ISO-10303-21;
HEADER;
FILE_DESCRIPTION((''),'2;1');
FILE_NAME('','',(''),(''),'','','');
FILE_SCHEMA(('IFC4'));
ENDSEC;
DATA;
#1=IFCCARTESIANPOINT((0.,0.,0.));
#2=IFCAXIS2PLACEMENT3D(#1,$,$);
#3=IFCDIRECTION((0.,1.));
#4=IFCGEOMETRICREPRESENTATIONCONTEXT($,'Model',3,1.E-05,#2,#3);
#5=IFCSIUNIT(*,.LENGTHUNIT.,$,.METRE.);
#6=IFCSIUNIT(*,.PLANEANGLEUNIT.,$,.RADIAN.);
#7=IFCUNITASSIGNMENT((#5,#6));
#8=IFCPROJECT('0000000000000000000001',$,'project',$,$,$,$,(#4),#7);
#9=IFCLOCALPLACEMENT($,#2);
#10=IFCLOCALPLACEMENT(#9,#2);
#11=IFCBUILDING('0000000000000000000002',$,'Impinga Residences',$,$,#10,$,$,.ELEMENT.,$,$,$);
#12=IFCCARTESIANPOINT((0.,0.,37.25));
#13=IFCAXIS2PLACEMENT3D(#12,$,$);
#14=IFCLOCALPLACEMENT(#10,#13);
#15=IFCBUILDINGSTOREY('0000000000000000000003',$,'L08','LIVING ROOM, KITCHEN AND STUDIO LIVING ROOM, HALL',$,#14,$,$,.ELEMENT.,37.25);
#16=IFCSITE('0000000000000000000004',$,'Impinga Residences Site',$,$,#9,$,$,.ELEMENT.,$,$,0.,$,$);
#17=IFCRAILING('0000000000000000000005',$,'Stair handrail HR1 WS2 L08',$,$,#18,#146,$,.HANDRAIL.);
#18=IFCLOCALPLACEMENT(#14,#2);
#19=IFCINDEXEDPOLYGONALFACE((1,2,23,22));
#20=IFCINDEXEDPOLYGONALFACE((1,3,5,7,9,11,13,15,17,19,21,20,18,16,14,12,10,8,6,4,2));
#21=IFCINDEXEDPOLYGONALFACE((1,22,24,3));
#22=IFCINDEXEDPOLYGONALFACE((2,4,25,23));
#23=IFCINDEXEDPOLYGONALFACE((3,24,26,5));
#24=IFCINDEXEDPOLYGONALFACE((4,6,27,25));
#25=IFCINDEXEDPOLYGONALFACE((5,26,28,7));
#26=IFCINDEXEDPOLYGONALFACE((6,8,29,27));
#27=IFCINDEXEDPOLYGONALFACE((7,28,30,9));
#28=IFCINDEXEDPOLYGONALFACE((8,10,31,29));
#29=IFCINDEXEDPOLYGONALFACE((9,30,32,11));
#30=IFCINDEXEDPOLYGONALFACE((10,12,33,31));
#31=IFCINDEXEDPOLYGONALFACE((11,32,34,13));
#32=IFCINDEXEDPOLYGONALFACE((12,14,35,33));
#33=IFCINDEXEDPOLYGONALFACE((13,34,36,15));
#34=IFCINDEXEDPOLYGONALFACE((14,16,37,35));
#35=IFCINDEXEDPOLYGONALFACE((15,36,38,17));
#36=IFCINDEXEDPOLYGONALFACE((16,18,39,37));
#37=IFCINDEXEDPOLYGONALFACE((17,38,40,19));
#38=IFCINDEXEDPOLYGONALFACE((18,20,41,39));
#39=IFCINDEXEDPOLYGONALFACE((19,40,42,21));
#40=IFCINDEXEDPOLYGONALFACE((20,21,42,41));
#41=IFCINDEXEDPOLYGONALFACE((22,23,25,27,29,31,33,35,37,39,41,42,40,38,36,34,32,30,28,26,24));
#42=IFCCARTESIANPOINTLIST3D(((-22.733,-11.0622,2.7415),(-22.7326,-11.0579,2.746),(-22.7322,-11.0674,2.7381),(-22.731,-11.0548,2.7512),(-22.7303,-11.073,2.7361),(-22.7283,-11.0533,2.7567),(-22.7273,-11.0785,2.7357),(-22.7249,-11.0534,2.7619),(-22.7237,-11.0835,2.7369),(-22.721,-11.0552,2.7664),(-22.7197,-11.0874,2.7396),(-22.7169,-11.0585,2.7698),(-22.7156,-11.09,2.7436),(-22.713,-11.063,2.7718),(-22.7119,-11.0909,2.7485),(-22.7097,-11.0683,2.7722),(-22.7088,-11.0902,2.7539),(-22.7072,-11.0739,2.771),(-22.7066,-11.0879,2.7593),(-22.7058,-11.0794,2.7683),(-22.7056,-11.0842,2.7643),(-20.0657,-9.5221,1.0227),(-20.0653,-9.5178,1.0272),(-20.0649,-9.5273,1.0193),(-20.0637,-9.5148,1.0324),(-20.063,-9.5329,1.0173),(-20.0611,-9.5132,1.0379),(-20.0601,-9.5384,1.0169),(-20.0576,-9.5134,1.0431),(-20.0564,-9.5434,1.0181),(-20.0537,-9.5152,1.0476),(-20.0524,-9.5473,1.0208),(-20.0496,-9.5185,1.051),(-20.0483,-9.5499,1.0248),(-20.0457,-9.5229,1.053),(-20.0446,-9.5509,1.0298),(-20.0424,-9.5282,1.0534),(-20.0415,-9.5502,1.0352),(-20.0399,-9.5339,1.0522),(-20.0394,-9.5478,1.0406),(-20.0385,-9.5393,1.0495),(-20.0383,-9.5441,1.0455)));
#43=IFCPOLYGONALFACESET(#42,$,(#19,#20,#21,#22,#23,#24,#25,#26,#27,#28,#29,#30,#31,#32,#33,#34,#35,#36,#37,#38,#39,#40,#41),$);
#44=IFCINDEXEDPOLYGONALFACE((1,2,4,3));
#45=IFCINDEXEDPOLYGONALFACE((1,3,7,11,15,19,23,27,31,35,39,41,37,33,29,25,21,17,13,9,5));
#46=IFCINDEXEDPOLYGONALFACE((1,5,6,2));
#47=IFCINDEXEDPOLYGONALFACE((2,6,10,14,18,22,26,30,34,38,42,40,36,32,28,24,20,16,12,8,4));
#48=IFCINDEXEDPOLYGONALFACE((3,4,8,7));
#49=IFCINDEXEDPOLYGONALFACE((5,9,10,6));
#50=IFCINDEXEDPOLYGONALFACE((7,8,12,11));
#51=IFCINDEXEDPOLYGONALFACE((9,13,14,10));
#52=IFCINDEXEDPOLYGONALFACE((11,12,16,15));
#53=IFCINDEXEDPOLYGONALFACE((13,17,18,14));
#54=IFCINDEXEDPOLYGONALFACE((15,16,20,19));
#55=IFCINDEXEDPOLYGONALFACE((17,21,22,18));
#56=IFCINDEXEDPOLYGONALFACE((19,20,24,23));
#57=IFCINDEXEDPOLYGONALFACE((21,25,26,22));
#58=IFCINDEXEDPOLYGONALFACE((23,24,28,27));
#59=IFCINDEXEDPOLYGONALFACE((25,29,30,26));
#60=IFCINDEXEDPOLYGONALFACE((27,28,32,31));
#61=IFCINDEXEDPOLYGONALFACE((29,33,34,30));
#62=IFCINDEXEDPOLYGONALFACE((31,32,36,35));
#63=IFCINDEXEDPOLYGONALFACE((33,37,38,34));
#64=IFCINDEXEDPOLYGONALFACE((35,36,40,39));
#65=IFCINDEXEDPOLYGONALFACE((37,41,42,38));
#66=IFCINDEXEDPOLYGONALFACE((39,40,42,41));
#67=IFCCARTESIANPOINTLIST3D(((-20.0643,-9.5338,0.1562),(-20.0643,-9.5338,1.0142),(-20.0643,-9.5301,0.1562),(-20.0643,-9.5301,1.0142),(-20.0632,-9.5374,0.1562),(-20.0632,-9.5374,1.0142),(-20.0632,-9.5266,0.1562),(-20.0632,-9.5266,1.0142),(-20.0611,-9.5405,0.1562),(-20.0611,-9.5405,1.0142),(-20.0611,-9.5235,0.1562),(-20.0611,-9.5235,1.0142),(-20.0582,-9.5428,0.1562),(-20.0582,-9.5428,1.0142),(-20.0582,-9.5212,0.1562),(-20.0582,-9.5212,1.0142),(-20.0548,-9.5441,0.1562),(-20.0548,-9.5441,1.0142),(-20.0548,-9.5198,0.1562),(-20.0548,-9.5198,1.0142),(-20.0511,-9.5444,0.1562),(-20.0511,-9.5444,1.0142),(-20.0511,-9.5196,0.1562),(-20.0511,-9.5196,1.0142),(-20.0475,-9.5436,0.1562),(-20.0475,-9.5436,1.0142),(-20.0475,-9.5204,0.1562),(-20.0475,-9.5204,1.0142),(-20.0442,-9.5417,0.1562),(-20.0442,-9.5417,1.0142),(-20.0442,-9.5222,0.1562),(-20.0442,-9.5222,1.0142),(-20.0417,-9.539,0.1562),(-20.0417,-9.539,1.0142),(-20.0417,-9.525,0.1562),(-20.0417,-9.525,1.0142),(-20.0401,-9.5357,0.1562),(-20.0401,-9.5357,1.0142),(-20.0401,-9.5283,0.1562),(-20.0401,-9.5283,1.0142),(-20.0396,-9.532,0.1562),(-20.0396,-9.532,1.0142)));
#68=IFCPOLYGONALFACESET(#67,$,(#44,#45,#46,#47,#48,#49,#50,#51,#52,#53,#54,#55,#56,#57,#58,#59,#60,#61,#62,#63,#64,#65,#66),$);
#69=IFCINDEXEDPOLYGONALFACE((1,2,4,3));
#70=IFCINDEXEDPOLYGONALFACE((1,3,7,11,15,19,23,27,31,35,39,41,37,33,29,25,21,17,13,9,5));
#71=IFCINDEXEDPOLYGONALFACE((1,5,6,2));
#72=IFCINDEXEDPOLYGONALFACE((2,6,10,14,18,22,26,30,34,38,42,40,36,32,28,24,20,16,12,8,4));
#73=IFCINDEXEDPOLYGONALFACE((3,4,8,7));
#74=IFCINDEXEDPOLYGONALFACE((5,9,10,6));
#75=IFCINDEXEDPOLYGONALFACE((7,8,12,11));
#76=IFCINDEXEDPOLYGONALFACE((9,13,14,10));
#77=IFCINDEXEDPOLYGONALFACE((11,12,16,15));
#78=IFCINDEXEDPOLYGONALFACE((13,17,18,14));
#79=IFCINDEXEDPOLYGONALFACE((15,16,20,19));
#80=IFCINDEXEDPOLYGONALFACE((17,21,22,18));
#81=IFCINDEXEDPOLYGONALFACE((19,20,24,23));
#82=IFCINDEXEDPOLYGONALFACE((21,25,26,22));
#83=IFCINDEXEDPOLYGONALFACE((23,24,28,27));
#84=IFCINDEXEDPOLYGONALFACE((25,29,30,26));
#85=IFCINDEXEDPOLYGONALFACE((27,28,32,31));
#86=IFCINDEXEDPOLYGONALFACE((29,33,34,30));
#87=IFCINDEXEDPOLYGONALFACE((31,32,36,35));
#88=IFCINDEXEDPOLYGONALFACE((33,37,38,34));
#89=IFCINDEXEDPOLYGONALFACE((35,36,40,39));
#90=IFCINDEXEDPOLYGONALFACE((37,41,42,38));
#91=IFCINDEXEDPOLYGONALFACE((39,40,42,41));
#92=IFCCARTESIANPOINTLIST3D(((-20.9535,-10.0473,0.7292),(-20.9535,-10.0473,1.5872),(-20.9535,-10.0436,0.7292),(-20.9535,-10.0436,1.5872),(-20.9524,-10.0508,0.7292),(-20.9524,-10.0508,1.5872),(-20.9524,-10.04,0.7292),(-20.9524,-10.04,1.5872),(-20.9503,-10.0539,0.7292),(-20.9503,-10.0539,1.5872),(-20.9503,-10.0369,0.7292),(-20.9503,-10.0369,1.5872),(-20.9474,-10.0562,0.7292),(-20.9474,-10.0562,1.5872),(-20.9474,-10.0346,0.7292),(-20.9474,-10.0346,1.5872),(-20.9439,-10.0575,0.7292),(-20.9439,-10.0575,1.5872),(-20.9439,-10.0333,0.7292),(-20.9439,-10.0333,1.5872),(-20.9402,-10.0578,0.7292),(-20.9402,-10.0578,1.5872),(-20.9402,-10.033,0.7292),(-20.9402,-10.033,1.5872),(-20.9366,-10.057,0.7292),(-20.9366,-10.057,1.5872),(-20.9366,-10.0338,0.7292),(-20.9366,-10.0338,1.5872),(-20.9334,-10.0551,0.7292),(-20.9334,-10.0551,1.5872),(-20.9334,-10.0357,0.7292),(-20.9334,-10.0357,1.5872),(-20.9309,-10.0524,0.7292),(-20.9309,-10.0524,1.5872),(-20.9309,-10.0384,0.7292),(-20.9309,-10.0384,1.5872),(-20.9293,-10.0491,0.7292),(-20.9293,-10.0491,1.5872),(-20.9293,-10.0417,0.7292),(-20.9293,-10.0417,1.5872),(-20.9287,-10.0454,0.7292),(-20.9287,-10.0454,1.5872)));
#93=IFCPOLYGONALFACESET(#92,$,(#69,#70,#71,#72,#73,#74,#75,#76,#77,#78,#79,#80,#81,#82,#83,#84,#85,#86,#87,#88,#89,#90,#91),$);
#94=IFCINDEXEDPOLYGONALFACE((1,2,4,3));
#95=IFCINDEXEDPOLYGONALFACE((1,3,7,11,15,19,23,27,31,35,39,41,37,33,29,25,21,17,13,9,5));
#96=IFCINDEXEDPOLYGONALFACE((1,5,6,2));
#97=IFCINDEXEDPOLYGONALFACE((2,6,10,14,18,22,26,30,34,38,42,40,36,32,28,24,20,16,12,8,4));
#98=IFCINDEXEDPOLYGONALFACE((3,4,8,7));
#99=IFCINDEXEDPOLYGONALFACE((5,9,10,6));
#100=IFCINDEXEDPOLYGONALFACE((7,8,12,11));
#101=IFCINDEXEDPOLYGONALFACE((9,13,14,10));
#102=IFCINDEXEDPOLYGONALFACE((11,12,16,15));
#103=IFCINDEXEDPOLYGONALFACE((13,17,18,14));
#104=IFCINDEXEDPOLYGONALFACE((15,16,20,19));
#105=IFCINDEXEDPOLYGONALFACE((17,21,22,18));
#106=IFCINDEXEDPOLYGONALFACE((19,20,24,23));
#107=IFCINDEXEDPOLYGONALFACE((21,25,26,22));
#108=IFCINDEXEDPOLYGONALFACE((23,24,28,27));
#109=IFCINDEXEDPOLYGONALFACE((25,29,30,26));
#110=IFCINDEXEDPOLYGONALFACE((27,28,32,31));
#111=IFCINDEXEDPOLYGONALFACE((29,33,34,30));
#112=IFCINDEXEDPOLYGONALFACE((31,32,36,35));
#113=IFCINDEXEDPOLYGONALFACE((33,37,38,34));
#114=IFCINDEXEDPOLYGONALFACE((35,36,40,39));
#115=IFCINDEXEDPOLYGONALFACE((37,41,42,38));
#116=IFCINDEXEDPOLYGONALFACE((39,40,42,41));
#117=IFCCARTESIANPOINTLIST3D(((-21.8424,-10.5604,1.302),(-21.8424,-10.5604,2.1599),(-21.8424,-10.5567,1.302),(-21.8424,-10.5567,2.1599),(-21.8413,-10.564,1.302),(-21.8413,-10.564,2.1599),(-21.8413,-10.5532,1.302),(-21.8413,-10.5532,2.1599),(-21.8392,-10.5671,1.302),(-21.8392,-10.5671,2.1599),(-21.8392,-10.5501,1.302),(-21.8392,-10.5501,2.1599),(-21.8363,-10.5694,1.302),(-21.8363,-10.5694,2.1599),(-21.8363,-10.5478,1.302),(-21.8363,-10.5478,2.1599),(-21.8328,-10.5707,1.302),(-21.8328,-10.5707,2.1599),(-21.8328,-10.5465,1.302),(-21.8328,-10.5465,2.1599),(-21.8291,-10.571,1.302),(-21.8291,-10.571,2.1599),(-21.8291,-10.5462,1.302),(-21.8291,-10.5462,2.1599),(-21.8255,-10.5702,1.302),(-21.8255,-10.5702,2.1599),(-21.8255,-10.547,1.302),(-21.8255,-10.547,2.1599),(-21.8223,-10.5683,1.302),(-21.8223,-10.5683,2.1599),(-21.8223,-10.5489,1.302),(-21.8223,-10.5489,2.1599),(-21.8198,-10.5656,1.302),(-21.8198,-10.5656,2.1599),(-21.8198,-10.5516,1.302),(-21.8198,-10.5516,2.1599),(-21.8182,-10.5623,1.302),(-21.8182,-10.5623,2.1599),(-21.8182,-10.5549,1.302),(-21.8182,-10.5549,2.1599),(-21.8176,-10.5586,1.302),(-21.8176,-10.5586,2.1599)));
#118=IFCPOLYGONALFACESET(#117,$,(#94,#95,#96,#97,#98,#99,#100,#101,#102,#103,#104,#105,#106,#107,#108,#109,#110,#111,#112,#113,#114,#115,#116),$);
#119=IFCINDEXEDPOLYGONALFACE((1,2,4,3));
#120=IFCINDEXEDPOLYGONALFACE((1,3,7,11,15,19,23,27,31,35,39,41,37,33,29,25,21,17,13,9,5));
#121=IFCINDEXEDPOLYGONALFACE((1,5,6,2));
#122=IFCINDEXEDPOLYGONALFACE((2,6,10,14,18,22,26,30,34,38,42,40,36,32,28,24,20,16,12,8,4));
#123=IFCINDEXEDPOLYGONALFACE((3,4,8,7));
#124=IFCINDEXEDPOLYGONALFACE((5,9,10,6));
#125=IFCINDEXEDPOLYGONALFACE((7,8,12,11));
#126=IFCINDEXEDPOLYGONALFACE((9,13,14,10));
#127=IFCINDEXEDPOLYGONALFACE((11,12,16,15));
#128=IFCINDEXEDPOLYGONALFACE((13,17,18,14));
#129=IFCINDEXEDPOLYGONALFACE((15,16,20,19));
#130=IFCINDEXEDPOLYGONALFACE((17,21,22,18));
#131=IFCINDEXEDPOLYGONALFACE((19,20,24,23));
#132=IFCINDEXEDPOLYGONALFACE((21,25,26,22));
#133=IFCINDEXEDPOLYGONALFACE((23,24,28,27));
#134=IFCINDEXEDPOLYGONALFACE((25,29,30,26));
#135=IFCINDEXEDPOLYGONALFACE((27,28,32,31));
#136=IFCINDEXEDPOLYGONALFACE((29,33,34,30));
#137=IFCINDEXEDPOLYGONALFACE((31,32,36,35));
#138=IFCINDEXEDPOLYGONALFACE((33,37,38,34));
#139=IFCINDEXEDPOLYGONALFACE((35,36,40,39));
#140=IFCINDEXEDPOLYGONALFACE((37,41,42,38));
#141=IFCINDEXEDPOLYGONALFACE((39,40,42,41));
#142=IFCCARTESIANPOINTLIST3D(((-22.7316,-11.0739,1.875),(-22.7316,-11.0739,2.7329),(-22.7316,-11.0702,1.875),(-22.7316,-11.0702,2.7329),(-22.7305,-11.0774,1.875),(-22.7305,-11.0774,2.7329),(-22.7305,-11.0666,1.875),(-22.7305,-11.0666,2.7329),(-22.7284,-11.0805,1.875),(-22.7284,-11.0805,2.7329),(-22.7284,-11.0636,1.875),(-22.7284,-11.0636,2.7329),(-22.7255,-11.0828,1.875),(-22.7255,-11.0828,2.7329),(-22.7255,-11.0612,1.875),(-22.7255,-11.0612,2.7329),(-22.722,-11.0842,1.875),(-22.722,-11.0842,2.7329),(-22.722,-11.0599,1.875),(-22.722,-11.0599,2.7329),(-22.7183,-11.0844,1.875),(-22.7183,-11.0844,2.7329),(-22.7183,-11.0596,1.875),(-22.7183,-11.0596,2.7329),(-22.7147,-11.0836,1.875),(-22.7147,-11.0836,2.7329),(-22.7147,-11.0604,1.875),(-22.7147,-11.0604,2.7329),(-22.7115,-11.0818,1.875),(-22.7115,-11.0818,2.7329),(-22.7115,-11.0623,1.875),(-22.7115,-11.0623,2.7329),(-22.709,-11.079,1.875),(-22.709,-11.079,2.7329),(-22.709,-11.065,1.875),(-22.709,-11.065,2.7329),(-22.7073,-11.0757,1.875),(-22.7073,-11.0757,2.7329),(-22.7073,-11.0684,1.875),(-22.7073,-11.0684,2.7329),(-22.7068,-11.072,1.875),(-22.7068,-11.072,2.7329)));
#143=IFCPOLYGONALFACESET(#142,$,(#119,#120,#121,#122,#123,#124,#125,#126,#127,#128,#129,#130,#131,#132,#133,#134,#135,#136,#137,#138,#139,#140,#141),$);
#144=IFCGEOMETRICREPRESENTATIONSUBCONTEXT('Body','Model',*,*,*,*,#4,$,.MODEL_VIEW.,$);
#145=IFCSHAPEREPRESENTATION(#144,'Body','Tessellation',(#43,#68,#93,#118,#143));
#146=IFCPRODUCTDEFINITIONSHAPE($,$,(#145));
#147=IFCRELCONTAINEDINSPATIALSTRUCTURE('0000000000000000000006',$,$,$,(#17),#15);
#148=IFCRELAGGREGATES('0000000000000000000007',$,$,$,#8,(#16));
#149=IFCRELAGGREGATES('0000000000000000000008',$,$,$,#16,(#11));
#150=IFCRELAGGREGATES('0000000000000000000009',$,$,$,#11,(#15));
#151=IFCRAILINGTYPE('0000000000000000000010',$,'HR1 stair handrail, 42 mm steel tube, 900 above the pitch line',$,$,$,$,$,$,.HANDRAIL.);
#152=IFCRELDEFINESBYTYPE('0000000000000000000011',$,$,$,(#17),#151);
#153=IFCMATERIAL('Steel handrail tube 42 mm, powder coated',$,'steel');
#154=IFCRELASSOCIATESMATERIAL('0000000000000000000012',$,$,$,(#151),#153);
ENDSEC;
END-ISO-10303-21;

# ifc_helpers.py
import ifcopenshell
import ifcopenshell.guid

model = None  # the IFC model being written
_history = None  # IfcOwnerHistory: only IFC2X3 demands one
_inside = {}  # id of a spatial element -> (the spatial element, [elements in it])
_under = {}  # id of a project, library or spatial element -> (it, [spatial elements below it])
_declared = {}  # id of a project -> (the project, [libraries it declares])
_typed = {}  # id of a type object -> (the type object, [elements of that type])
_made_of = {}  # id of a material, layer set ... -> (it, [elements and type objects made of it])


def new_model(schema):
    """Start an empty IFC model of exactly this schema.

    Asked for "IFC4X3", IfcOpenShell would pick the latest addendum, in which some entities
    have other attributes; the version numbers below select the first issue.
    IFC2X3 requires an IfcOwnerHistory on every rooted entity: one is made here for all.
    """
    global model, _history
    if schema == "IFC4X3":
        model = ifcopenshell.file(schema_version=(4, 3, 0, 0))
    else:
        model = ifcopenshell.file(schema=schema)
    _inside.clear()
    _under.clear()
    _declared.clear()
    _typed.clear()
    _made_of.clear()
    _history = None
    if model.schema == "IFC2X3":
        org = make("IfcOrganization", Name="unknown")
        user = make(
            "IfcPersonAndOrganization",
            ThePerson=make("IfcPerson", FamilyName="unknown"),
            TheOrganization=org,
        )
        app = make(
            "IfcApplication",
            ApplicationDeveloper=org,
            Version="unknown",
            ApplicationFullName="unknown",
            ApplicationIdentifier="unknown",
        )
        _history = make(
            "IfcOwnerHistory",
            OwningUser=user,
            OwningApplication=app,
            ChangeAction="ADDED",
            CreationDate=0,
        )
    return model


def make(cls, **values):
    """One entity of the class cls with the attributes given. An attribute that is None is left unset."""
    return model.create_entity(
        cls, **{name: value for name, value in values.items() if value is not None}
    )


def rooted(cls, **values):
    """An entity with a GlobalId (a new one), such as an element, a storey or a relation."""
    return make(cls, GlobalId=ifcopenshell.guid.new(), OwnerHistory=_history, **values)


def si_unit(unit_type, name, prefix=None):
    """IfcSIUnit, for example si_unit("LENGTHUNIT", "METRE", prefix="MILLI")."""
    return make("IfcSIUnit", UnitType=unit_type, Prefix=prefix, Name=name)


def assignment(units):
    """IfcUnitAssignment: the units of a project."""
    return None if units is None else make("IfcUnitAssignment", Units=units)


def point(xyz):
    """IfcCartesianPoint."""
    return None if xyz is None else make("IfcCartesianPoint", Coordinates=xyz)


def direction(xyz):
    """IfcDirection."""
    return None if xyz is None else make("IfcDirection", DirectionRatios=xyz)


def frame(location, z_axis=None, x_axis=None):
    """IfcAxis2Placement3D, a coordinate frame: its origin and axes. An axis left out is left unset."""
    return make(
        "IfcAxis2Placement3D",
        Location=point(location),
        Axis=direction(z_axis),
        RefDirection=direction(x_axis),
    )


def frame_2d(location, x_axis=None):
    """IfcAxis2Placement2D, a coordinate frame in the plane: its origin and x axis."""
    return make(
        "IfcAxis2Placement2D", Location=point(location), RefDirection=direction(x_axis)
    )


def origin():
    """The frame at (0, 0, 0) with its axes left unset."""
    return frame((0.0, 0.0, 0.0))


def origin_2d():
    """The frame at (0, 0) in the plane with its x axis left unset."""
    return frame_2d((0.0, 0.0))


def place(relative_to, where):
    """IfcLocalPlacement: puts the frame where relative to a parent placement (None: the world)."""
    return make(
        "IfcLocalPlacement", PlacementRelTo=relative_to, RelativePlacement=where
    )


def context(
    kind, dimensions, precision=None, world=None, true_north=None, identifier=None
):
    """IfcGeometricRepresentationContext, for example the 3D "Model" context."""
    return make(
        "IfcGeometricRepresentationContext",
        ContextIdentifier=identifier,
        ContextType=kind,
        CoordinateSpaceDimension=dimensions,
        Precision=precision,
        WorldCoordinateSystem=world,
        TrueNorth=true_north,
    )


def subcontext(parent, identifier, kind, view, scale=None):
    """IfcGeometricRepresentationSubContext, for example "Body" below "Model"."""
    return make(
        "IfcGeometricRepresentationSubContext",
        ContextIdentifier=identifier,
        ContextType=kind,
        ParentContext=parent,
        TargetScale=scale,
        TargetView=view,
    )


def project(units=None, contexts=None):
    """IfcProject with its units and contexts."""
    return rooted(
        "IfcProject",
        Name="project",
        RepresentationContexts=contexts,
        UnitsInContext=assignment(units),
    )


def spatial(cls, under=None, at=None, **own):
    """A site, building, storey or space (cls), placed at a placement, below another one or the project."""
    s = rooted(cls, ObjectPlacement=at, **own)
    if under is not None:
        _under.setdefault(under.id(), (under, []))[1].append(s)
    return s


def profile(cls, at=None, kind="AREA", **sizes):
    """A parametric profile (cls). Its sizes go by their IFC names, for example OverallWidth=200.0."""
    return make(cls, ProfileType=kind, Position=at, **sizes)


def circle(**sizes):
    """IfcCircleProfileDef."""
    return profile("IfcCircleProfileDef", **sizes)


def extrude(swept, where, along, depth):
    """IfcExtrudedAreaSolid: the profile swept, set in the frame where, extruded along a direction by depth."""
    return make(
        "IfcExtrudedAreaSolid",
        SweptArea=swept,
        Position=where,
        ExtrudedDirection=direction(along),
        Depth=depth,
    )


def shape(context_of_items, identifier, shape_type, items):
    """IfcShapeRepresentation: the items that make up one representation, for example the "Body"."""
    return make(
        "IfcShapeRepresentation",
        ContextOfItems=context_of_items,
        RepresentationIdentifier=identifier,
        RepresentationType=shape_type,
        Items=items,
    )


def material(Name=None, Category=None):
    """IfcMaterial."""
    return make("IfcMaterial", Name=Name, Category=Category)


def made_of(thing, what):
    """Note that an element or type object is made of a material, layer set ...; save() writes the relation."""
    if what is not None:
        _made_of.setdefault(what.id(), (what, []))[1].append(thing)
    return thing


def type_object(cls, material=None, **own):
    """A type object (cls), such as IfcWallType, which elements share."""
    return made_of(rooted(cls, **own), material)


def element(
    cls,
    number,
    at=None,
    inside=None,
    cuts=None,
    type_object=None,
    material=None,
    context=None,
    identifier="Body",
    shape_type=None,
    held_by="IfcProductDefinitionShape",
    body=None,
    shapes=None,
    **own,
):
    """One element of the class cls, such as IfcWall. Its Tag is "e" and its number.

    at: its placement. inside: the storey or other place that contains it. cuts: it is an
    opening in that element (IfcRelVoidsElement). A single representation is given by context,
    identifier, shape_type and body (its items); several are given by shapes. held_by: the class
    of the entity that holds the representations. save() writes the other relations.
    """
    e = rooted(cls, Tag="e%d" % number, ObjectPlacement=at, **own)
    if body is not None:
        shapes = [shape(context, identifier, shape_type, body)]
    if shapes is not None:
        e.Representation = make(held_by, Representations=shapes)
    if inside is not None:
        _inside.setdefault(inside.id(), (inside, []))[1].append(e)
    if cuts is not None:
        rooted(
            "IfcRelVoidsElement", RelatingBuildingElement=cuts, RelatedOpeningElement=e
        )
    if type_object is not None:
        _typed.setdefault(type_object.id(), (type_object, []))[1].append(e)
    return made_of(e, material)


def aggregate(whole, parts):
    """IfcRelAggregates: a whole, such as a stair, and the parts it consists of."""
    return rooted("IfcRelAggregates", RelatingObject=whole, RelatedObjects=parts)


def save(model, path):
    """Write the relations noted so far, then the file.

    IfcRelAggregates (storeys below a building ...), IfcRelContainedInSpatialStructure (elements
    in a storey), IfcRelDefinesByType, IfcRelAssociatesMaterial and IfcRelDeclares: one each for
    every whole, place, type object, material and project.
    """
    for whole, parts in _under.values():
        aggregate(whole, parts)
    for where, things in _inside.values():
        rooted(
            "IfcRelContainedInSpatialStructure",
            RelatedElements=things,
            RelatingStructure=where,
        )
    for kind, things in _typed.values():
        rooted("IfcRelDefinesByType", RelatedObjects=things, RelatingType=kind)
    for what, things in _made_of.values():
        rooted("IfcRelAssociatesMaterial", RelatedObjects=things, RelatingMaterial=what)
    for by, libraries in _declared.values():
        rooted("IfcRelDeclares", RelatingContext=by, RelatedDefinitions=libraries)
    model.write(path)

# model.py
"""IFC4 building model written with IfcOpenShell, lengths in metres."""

from ifc_helpers import new_model, si_unit, direction, frame, origin, origin_2d, place, context, subcontext, project, spatial, circle, extrude, material, type_object, element, save


model = new_model("IFC4")

# Units and contexts
model_context = context("Model", 3, precision=1e-05, world=origin(), true_north=direction((0.0, 1.0)))
body_context = subcontext(model_context, "Body", "Model", "MODEL_VIEW")
ifc_project = project(units=[si_unit("LENGTHUNIT", "METRE"), si_unit("PLANEANGLEUNIT", "RADIAN")], contexts=[model_context])

# Site, building, storey
site_placement = place(None, origin())
site = spatial("IfcSite", under=ifc_project, at=site_placement, Name="Impinga Residences Site", CompositionType="ELEMENT", RefElevation=0.0)
building_placement = place(site_placement, origin())
building = spatial("IfcBuilding", under=site, at=building_placement, Name="Impinga Residences", CompositionType="ELEMENT")
storey_placement = place(building_placement, frame((0.0, 0.0, 37.25)))
storey = spatial("IfcBuildingStorey", under=building, at=storey_placement, Name="L08", Description="LIVING ROOM, KITCHEN AND STUDIO LIVING ROOM, HALL", CompositionType="ELEMENT", Elevation=37.25)

# Railing
ifc_material_1 = material(Name="Steel handrail tube 42 mm, powder coated", Category="steel")
railing_type_1 = type_object("IfcRailingType", Name="HR1 stair handrail, 42 mm steel tube, 900 above the pitch line", PredefinedType="HANDRAIL", material=ifc_material_1)
railing_1_placement = place(storey_placement, frame((-20.052, -9.532, 0.1562)))
element("IfcRailing", 1, at=railing_1_placement, inside=storey, type_object=railing_type_1, Name="Stair handrail HR1 WS2 L08", PredefinedType="HANDRAIL", context=body_context, shape_type="SweptSolid", body=[
    extrude(circle(Radius=0.021, at=origin_2d()), frame((0.0, 0.0, 0.8789), z_axis=(-0.756226, -0.436639, 0.487307), x_axis=(0.500027, -0.86601, 0.0)), (0.0, 0.0, 1.0), 3.5271),
    extrude(circle(Radius=0.0125, at=origin_2d()), origin(), (0.0, 0.0, 1.0), 0.8579),
    extrude(circle(Radius=0.0125, at=origin_2d()), frame((-0.8892, -0.5134, 0.573)), (0.0, 0.0, 1.0), 0.8579),
    extrude(circle(Radius=0.0125, at=origin_2d()), frame((-1.7781, -1.0266, 1.1458)), (0.0, 0.0, 1.0), 0.8579),
    extrude(circle(Radius=0.0125, at=origin_2d()), frame((-2.6672, -1.54, 1.7188)), (0.0, 0.0, 1.0), 0.8579),
])

save(model, "model.ifc")
